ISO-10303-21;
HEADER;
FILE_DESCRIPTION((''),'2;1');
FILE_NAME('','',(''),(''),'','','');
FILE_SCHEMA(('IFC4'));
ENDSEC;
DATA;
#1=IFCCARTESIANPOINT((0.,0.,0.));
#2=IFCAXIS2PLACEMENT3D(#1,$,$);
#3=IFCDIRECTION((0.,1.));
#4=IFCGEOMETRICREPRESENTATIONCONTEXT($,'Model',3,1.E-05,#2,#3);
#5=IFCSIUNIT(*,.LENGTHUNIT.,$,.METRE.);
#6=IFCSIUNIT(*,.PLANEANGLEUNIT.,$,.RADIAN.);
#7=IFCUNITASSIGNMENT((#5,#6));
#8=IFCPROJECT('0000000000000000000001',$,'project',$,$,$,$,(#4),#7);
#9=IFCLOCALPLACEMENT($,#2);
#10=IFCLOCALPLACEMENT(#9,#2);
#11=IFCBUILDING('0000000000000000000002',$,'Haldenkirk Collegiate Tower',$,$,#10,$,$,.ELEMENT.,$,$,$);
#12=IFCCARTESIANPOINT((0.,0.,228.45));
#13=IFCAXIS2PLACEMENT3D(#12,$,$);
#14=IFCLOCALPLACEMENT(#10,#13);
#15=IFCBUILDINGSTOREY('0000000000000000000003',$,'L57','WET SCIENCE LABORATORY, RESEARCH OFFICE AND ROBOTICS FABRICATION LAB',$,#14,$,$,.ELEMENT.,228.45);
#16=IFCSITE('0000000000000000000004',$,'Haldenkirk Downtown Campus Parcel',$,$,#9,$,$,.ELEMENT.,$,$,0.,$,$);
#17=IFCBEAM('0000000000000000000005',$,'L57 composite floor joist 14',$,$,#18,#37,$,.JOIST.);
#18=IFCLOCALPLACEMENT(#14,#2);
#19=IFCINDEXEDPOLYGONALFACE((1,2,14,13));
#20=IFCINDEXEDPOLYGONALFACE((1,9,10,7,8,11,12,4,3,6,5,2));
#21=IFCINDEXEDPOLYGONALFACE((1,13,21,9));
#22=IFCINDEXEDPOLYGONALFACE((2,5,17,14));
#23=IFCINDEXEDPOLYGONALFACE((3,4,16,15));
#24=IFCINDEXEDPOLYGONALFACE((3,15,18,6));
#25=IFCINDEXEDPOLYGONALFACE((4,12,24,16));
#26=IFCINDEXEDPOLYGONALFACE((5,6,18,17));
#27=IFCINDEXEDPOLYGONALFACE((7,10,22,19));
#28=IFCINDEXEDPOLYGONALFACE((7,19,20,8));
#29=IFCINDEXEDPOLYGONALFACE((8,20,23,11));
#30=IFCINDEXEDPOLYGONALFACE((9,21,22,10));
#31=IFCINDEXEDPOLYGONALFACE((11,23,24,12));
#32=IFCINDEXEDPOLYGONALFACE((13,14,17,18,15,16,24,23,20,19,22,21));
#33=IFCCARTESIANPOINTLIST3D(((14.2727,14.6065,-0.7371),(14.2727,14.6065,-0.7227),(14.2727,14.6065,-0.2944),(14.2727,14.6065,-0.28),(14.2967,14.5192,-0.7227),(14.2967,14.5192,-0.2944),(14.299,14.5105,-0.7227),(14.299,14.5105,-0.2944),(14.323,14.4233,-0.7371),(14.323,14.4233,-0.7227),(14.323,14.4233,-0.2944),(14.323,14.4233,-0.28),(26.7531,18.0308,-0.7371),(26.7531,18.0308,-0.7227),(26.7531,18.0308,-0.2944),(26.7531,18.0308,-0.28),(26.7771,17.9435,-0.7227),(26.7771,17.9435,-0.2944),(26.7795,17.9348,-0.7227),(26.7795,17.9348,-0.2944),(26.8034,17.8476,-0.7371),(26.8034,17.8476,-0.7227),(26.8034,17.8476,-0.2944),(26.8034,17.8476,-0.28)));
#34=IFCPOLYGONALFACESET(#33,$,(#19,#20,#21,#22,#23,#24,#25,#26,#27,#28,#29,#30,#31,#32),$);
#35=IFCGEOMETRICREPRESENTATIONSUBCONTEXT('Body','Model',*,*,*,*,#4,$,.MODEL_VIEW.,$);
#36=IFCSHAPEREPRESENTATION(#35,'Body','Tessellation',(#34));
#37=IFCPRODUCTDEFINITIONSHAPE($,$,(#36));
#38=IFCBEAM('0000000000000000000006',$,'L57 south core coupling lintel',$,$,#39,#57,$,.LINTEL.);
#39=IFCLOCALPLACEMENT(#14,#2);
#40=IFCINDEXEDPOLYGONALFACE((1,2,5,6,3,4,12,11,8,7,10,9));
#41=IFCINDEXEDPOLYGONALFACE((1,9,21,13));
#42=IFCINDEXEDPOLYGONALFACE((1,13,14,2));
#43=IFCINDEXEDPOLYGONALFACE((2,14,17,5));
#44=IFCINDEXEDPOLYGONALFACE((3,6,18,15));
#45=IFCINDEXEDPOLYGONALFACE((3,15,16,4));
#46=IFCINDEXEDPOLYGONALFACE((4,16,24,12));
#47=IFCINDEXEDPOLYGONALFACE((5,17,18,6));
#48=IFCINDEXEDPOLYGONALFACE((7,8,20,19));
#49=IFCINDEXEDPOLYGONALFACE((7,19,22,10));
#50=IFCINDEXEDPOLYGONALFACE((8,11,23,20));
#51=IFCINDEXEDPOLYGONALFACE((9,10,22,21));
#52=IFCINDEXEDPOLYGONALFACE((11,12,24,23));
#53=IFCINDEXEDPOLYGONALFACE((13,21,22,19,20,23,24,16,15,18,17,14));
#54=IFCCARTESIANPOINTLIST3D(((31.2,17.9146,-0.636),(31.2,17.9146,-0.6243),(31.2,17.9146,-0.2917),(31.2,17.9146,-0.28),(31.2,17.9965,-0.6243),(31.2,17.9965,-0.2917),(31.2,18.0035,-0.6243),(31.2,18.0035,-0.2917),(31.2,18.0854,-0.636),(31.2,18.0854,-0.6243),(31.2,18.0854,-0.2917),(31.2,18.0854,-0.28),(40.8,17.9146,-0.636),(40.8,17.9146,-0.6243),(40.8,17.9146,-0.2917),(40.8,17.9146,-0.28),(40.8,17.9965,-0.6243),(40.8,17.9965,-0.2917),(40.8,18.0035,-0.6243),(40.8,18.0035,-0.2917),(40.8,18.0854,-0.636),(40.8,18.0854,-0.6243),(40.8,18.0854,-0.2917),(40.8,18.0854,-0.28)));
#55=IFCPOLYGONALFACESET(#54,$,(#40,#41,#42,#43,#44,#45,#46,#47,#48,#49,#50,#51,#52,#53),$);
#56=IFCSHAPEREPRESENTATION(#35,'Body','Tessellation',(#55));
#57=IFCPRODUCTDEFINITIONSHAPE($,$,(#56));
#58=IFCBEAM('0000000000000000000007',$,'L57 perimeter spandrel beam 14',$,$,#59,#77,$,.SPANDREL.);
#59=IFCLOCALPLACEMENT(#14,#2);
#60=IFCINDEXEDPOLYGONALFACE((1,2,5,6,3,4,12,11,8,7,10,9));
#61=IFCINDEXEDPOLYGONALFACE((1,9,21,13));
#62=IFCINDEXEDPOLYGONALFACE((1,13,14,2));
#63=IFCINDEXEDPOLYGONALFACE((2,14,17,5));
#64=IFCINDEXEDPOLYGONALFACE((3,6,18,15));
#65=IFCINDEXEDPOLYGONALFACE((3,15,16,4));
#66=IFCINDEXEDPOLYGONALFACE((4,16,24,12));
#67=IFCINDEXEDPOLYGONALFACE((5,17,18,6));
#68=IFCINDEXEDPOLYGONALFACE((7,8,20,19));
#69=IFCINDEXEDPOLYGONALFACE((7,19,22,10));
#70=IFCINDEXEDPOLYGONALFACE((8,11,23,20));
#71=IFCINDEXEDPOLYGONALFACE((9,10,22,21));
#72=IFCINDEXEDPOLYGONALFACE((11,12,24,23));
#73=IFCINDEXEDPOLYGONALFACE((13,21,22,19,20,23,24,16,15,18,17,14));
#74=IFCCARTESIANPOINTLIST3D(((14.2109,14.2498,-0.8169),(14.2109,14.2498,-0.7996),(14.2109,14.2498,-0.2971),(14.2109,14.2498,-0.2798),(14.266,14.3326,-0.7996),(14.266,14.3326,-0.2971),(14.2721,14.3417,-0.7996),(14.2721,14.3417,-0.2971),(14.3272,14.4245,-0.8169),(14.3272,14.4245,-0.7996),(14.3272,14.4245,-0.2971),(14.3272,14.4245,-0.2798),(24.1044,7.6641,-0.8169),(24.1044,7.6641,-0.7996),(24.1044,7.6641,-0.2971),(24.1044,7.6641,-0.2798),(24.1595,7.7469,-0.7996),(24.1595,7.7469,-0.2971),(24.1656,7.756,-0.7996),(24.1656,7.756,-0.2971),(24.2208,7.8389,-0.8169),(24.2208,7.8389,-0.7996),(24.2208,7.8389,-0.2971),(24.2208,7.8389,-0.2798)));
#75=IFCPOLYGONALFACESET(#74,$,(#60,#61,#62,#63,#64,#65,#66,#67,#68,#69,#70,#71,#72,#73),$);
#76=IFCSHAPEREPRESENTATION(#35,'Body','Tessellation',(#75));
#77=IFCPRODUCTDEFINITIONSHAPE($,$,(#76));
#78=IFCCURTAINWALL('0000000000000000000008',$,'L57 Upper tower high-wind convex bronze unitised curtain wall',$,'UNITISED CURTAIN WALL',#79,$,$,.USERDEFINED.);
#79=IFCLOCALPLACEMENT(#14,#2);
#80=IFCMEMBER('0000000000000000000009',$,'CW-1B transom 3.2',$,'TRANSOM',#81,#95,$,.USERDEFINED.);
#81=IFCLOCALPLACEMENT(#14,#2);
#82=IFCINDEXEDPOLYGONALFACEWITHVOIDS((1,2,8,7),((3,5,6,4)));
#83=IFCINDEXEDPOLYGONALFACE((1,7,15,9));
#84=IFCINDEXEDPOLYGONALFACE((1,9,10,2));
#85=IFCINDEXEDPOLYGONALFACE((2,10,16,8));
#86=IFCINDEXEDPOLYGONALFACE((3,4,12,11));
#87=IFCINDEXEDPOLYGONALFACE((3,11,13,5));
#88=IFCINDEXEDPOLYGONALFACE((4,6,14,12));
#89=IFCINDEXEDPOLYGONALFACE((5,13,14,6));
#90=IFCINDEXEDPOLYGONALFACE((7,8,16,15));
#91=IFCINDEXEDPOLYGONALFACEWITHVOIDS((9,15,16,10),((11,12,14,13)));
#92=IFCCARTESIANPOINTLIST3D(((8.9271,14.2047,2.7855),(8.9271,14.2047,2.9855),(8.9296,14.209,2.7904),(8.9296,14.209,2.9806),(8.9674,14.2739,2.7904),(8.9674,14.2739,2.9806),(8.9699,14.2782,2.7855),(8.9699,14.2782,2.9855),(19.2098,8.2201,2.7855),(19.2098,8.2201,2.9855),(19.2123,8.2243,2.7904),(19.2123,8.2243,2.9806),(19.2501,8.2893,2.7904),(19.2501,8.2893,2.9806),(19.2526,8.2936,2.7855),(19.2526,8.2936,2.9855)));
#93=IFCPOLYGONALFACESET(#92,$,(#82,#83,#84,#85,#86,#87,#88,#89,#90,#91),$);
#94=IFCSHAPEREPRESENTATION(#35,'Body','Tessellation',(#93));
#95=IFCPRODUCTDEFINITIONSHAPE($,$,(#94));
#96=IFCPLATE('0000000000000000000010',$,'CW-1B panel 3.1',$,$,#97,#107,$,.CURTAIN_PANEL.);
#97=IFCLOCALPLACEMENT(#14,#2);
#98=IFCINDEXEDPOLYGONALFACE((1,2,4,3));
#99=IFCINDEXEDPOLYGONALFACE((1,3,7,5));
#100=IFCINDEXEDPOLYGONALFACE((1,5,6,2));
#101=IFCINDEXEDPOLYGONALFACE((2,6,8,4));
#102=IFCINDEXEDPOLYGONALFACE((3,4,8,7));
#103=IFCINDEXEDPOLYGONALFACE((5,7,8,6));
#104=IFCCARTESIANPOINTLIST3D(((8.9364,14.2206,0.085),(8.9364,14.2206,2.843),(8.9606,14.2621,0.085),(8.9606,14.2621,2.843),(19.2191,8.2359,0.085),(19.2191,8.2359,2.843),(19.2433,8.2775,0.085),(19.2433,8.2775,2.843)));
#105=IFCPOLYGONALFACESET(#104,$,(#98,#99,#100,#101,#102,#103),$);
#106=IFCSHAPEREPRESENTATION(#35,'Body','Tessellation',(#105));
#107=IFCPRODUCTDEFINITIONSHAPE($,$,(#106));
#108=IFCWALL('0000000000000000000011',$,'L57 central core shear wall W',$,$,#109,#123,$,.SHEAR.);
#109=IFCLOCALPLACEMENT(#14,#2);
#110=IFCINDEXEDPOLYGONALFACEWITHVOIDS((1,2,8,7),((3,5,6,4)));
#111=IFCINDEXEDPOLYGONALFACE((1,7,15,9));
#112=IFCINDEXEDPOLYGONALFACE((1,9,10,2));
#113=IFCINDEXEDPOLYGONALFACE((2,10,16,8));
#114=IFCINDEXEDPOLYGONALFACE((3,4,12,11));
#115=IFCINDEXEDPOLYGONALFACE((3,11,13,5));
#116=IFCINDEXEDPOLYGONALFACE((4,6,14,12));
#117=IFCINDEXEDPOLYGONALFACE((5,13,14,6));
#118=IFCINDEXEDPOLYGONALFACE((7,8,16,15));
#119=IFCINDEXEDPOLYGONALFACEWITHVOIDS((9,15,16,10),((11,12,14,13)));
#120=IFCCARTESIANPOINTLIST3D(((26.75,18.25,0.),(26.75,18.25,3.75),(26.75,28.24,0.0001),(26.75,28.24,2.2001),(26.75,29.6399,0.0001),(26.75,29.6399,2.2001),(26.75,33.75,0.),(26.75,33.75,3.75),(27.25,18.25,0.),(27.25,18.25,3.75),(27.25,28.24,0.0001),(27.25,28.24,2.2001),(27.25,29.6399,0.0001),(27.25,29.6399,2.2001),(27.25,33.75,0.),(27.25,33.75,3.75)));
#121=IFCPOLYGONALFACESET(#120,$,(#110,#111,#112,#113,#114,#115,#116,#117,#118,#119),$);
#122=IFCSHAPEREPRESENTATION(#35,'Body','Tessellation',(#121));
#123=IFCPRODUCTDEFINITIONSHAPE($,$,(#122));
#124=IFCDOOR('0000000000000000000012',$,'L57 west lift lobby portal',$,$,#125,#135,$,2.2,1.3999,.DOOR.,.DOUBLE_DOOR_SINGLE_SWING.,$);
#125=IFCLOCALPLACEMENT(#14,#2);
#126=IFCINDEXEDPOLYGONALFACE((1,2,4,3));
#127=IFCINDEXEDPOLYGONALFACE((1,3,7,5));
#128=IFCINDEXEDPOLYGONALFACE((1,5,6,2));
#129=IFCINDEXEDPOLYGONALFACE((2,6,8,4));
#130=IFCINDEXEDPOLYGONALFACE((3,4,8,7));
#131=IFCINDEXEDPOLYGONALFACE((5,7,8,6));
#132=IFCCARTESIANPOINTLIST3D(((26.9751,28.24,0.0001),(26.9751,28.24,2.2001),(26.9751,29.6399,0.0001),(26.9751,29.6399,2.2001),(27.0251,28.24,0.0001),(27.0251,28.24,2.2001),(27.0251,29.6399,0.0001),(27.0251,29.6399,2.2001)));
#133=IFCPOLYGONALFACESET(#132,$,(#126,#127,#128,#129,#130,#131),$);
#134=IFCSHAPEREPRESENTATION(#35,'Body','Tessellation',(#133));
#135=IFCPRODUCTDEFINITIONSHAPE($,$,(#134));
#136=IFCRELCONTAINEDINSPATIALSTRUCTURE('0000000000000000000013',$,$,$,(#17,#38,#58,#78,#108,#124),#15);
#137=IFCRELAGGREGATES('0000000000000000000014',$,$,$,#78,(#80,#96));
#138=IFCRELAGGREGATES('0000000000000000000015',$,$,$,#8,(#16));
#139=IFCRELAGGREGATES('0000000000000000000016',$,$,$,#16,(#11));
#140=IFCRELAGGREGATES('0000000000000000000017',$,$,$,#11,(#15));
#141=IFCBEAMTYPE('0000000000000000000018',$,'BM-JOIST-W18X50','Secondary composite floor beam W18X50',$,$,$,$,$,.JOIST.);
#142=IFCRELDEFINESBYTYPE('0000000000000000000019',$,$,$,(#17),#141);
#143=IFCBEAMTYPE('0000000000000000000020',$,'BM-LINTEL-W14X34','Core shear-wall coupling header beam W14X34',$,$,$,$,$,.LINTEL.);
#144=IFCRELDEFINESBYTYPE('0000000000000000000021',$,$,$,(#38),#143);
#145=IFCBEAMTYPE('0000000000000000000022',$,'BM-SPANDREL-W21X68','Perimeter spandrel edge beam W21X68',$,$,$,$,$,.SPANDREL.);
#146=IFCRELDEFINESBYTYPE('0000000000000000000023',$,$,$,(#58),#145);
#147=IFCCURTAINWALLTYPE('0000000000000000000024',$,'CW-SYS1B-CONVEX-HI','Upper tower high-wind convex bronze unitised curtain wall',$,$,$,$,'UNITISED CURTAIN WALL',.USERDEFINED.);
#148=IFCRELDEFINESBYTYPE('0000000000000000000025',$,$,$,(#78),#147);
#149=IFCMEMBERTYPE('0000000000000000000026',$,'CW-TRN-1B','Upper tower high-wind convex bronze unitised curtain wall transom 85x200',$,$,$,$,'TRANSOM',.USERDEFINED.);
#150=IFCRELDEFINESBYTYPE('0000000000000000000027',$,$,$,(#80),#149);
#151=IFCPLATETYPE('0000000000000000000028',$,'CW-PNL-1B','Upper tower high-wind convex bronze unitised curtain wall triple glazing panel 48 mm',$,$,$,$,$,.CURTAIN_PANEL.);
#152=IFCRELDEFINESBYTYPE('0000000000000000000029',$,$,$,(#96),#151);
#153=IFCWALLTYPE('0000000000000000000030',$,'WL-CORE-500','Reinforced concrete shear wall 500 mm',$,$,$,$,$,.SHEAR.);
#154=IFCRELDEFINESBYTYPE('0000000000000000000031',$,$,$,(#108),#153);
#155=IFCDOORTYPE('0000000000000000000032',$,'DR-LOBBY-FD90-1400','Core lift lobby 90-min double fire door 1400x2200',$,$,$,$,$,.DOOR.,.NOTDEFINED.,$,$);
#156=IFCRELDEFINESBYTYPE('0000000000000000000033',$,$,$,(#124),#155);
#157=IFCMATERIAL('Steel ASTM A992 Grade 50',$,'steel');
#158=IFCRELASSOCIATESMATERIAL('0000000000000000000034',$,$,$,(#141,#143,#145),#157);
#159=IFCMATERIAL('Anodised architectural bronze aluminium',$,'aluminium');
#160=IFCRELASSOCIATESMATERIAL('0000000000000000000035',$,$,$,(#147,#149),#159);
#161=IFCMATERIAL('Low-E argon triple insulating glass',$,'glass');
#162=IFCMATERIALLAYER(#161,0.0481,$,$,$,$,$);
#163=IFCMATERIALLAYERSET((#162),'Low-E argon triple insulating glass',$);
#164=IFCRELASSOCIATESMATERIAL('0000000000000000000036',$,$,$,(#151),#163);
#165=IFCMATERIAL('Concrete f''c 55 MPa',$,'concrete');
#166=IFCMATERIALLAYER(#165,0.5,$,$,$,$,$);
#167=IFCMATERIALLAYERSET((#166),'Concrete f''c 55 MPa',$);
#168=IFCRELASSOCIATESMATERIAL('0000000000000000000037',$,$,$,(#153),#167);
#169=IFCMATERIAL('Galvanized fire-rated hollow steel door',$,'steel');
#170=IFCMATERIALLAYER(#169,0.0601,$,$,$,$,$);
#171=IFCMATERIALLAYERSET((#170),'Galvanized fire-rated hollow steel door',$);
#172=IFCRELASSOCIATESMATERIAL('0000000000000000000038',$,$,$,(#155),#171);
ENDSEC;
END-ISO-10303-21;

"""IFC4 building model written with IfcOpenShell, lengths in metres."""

from ifc_helpers import new_model, si_unit, direction, frame, frame_2d, origin, origin_2d, place, context, subcontext, project, spatial, rectangle, hollow_rectangle, i_section, extrude, source, transform, mapped, material, layer, layer_set, material_profile, profile_set, type_object, element, fill, aggregate, save


model = new_model("IFC4")

# Units and contexts
model_context = context("Model", 3, precision=1e-05, world=origin(), true_north=direction((0.0, 1.0)))
body_context = subcontext(model_context, "Body", "Model", "MODEL_VIEW")
ifc_project = project(units=[si_unit("LENGTHUNIT", "METRE"), si_unit("PLANEANGLEUNIT", "RADIAN")], contexts=[model_context])

# Site, building, storey
site_placement = place(None, origin())
site = spatial("IfcSite", under=ifc_project, at=site_placement, Name="Haldenkirk Downtown Campus Parcel", CompositionType="ELEMENT", RefElevation=0.0)
building_placement = place(site_placement, origin())
building = spatial("IfcBuilding", under=site, at=building_placement, Name="Haldenkirk Collegiate Tower", CompositionType="ELEMENT")
storey_placement = place(building_placement, frame((0.0, 0.0, 228.45)))
storey = spatial("IfcBuildingStorey", under=building, at=storey_placement, Name="L57", Description="WET SCIENCE LABORATORY, RESEARCH OFFICE AND ROBOTICS FABRICATION LAB", CompositionType="ELEMENT", Elevation=228.45)

# Beams
ifc_material_1 = material(Name="Steel ASTM A992 Grade 50", Category="steel")
ifc_material_profile_1 = material_profile(ifc_material_1, i_section(OverallWidth=0.1899, OverallDepth=0.457, WebThickness=0.009, FlangeThickness=0.0144, at=origin_2d()), Name="W18X50")
ifc_profile_set_1 = profile_set([ifc_material_profile_1], Name="Steel ASTM A992 Grade 50")
beam_type_1 = type_object("IfcBeamType", Name="BM-JOIST-W18X50", Description="Secondary composite floor beam W18X50", PredefinedType="JOIST", material=ifc_profile_set_1)
beam_1_placement = place(storey_placement, frame((14.2979, 14.5149, -0.5085), z_axis=(0.96436, 0.264595, 0.0), x_axis=(-0.264595, 0.96436, 0.0)))
element("IfcBeam", 1, at=beam_1_placement, inside=storey, type_object=beam_type_1, Name="L57 composite floor joist 14", PredefinedType="JOIST", context=body_context, shape_type="SweptSolid", body=[
    extrude(i_section(OverallWidth=0.1899, OverallDepth=0.457, WebThickness=0.009, FlangeThickness=0.0144, at=origin_2d()), origin(), (0.0, 0.0, 1.0), 12.9417),
])
ifc_material_profile_2 = material_profile(ifc_material_1, i_section(OverallWidth=0.1709, OverallDepth=0.356, WebThickness=0.0071, FlangeThickness=0.0117, at=origin_2d()), Name="W14X34")
ifc_profile_set_2 = profile_set([ifc_material_profile_2], Name="Steel ASTM A992 Grade 50")
beam_type_2 = type_object("IfcBeamType", Name="BM-LINTEL-W14X34", Description="Core shear-wall coupling header beam W14X34", PredefinedType="LINTEL", material=ifc_profile_set_2)
beam_2_placement = place(storey_placement, frame((31.2, 18.0, -0.458), z_axis=(1.0, 0.0, 0.0), x_axis=(0.0, 1.0, 0.0)))
element("IfcBeam", 2, at=beam_2_placement, inside=storey, type_object=beam_type_2, Name="L57 south core coupling lintel", PredefinedType="LINTEL", context=body_context, shape_type="SweptSolid", body=[
    extrude(i_section(OverallWidth=0.1709, OverallDepth=0.356, WebThickness=0.0071, FlangeThickness=0.0117, at=origin_2d()), origin(), (0.0, 0.0, 1.0), 9.6001),
])
ifc_material_profile_3 = material_profile(ifc_material_1, i_section(OverallWidth=0.21, OverallDepth=0.5371, WebThickness=0.011, FlangeThickness=0.0173, at=origin_2d()), Name="W21X68")
ifc_profile_set_3 = profile_set([ifc_material_profile_3], Name="Steel ASTM A992 Grade 50")
beam_type_3 = type_object("IfcBeamType", Name="BM-SPANDREL-W21X68", Description="Perimeter spandrel edge beam W21X68", PredefinedType="SPANDREL", material=ifc_profile_set_3)
beam_3_placement = place(storey_placement, frame((14.269, 14.3372, -0.5483), z_axis=(0.832439, -0.554117, 0.0), x_axis=(0.554117, 0.832439, 0.0)))
element("IfcBeam", 3, at=beam_3_placement, inside=storey, type_object=beam_type_3, Name="L57 perimeter spandrel beam 14", PredefinedType="SPANDREL", context=body_context, shape_type="SweptSolid", body=[
    extrude(i_section(OverallWidth=0.21, OverallDepth=0.5371, WebThickness=0.011, FlangeThickness=0.0173, at=origin_2d()), origin(), (0.0, 0.0, 1.0), 11.885),
])

# Curtain wall, member, plate
ifc_material_2 = material(Name="Anodised architectural bronze aluminium", Category="aluminium")
curtain_wall_type = type_object("IfcCurtainWallType", Name="CW-SYS1B-CONVEX-HI", Description="Upper tower high-wind convex bronze unitised curtain wall", ElementType="UNITISED CURTAIN WALL", PredefinedType="USERDEFINED", material=ifc_material_2)
curtain_wall_placement = place(storey_placement, origin())
curtain_wall = element("IfcCurtainWall", 4, at=curtain_wall_placement, inside=storey, type_object=curtain_wall_type, Name="L57 Upper tower high-wind convex bronze unitised curtain wall", ObjectType="UNITISED CURTAIN WALL", PredefinedType="USERDEFINED")
ifc_material_profile_4 = material_profile(ifc_material_2, hollow_rectangle(XDim=0.085, YDim=0.2, WallThickness=0.0049, at=origin_2d()), Name="CW-TRN-1B")
ifc_profile_set_4 = profile_set([ifc_material_profile_4], Name="Anodised architectural bronze aluminium")
member_type = type_object("IfcMemberType", Name="CW-TRN-1B", Description="Upper tower high-wind convex bronze unitised curtain wall transom 85x200", ElementType="TRANSOM", PredefinedType="USERDEFINED", material=ifc_profile_set_4)
member_placement = place(storey_placement, frame((19.2312, 8.2568, 2.8855), z_axis=(-0.864277, 0.503016, 0.0), x_axis=(-0.503016, -0.864277, 0.0)))
member = element("IfcMember", 5, at=member_placement, type_object=member_type, Name="CW-1B transom 3.2", ObjectType="TRANSOM", PredefinedType="USERDEFINED", context=body_context, shape_type="SweptSolid", body=[
    extrude(hollow_rectangle(XDim=0.085, YDim=0.2, WallThickness=0.0049, at=origin_2d()), origin(), (0.0, 0.0, 1.0), 11.8975),
])
ifc_material_3 = material(Name="Low-E argon triple insulating glass", Category="glass")
ifc_layer_1 = layer(ifc_material_3, 0.0481)
ifc_layer_set_1 = layer_set([ifc_layer_1], Name="Low-E argon triple insulating glass")
plate_type = type_object("IfcPlateType", Name="CW-PNL-1B", Description="Upper tower high-wind convex bronze unitised curtain wall triple glazing panel 48 mm", PredefinedType="CURTAIN_PANEL", material=ifc_layer_set_1)
shared_shape = source(origin(), body_context, "Body", "SweptSolid", [
    extrude(rectangle(XDim=11.8975, YDim=0.0481, at=origin_2d()), origin(), (0.0, 0.0, 1.0), 2.7581),
])
plate_placement = place(storey_placement, frame((14.0898, 11.249, 0.085), z_axis=(0.0, 0.0, 1.0), x_axis=(-0.864276, 0.503018, 0.0)))
plate = element("IfcPlate", 6, at=plate_placement, type_object=plate_type, Name="CW-1B panel 3.1", PredefinedType="CURTAIN_PANEL", context=body_context, shape_type="MappedRepresentation", body=[
    mapped(shared_shape, transform((0.0, 0.0, 0.0), x_axis=(1.0, 0.0, 0.0), y_axis=(0.0, 1.0, 0.0), z_axis=(0.0, 0.0, 1.0), scale=1.0)),
])
aggregate(curtain_wall, [member, plate])

# Shared definitions
ifc_material_4 = material(Name="Concrete f'c 55 MPa", Category="concrete")
ifc_layer_2 = layer(ifc_material_4, 0.5)
ifc_layer_set_2 = layer_set([ifc_layer_2], Name="Concrete f'c 55 MPa")
wall_type_1 = type_object("IfcWallType", Name="WL-CORE-500", Description="Reinforced concrete shear wall 500 mm", PredefinedType="SHEAR", material=ifc_layer_set_2)
ifc_material_5 = material(Name="Galvanized fire-rated hollow steel door", Category="steel")

# Wall, opening, door
wall_1_placement = place(storey_placement, frame((27.0, 18.25, 0.0), z_axis=(0.0, 0.0, 1.0), x_axis=(0.0, 1.0, 0.0)))
wall_1 = element("IfcWall", 7, at=wall_1_placement, inside=storey, type_object=wall_type_1, Name="L57 central core shear wall W", PredefinedType="SHEAR", context=body_context, shape_type="SweptSolid", body=[
    extrude(rectangle(XDim=15.5, YDim=0.5, at=frame_2d((7.75, 0.0))), origin(), (0.0, 0.0, 1.0), 3.75),
])
opening_1_placement = place(wall_1_placement, frame((9.99, 0.0, 0.0)))
opening_1 = element("IfcOpeningElement", 8, at=opening_1_placement, cuts=wall_1, PredefinedType="OPENING", context=body_context, shape_type="SweptSolid", body=[
    extrude(rectangle(XDim=1.3999, YDim=2.2, at=frame_2d((0.7, 1.1001))), frame((0.0, 0.26, 0.0), z_axis=(0.0, -1.0, 0.0), x_axis=(1.0, 0.0, 0.0)), (0.0, 0.0, 1.0), 0.52),
])
ifc_layer_3 = layer(ifc_material_5, 0.0601)
ifc_layer_set_3 = layer_set([ifc_layer_3], Name="Galvanized fire-rated hollow steel door")
door_type_1 = type_object("IfcDoorType", Name="DR-LOBBY-FD90-1400", Description="Core lift lobby 90-min double fire door 1400x2200", OperationType="NOTDEFINED", PredefinedType="DOOR", material=ifc_layer_set_3)
door_1_placement = place(opening_1_placement, origin())
door_1 = element("IfcDoor", 9, at=door_1_placement, inside=storey, type_object=door_type_1, Name="L57 west lift lobby portal", OperationType="DOUBLE_DOOR_SINGLE_SWING", OverallHeight=2.2, OverallWidth=1.3999, PredefinedType="DOOR", context=body_context, shape_type="SweptSolid", body=[
    extrude(rectangle(XDim=1.3999, YDim=2.2, at=frame_2d((0.7, 1.1001))), frame((0.0, 0.0249, 0.0), z_axis=(0.0, -1.0, 0.0), x_axis=(1.0, 0.0, 0.0)), (0.0, 0.0, 1.0), 0.05),
])
fill(opening_1, door_1)

save(model, "model.ifc")
